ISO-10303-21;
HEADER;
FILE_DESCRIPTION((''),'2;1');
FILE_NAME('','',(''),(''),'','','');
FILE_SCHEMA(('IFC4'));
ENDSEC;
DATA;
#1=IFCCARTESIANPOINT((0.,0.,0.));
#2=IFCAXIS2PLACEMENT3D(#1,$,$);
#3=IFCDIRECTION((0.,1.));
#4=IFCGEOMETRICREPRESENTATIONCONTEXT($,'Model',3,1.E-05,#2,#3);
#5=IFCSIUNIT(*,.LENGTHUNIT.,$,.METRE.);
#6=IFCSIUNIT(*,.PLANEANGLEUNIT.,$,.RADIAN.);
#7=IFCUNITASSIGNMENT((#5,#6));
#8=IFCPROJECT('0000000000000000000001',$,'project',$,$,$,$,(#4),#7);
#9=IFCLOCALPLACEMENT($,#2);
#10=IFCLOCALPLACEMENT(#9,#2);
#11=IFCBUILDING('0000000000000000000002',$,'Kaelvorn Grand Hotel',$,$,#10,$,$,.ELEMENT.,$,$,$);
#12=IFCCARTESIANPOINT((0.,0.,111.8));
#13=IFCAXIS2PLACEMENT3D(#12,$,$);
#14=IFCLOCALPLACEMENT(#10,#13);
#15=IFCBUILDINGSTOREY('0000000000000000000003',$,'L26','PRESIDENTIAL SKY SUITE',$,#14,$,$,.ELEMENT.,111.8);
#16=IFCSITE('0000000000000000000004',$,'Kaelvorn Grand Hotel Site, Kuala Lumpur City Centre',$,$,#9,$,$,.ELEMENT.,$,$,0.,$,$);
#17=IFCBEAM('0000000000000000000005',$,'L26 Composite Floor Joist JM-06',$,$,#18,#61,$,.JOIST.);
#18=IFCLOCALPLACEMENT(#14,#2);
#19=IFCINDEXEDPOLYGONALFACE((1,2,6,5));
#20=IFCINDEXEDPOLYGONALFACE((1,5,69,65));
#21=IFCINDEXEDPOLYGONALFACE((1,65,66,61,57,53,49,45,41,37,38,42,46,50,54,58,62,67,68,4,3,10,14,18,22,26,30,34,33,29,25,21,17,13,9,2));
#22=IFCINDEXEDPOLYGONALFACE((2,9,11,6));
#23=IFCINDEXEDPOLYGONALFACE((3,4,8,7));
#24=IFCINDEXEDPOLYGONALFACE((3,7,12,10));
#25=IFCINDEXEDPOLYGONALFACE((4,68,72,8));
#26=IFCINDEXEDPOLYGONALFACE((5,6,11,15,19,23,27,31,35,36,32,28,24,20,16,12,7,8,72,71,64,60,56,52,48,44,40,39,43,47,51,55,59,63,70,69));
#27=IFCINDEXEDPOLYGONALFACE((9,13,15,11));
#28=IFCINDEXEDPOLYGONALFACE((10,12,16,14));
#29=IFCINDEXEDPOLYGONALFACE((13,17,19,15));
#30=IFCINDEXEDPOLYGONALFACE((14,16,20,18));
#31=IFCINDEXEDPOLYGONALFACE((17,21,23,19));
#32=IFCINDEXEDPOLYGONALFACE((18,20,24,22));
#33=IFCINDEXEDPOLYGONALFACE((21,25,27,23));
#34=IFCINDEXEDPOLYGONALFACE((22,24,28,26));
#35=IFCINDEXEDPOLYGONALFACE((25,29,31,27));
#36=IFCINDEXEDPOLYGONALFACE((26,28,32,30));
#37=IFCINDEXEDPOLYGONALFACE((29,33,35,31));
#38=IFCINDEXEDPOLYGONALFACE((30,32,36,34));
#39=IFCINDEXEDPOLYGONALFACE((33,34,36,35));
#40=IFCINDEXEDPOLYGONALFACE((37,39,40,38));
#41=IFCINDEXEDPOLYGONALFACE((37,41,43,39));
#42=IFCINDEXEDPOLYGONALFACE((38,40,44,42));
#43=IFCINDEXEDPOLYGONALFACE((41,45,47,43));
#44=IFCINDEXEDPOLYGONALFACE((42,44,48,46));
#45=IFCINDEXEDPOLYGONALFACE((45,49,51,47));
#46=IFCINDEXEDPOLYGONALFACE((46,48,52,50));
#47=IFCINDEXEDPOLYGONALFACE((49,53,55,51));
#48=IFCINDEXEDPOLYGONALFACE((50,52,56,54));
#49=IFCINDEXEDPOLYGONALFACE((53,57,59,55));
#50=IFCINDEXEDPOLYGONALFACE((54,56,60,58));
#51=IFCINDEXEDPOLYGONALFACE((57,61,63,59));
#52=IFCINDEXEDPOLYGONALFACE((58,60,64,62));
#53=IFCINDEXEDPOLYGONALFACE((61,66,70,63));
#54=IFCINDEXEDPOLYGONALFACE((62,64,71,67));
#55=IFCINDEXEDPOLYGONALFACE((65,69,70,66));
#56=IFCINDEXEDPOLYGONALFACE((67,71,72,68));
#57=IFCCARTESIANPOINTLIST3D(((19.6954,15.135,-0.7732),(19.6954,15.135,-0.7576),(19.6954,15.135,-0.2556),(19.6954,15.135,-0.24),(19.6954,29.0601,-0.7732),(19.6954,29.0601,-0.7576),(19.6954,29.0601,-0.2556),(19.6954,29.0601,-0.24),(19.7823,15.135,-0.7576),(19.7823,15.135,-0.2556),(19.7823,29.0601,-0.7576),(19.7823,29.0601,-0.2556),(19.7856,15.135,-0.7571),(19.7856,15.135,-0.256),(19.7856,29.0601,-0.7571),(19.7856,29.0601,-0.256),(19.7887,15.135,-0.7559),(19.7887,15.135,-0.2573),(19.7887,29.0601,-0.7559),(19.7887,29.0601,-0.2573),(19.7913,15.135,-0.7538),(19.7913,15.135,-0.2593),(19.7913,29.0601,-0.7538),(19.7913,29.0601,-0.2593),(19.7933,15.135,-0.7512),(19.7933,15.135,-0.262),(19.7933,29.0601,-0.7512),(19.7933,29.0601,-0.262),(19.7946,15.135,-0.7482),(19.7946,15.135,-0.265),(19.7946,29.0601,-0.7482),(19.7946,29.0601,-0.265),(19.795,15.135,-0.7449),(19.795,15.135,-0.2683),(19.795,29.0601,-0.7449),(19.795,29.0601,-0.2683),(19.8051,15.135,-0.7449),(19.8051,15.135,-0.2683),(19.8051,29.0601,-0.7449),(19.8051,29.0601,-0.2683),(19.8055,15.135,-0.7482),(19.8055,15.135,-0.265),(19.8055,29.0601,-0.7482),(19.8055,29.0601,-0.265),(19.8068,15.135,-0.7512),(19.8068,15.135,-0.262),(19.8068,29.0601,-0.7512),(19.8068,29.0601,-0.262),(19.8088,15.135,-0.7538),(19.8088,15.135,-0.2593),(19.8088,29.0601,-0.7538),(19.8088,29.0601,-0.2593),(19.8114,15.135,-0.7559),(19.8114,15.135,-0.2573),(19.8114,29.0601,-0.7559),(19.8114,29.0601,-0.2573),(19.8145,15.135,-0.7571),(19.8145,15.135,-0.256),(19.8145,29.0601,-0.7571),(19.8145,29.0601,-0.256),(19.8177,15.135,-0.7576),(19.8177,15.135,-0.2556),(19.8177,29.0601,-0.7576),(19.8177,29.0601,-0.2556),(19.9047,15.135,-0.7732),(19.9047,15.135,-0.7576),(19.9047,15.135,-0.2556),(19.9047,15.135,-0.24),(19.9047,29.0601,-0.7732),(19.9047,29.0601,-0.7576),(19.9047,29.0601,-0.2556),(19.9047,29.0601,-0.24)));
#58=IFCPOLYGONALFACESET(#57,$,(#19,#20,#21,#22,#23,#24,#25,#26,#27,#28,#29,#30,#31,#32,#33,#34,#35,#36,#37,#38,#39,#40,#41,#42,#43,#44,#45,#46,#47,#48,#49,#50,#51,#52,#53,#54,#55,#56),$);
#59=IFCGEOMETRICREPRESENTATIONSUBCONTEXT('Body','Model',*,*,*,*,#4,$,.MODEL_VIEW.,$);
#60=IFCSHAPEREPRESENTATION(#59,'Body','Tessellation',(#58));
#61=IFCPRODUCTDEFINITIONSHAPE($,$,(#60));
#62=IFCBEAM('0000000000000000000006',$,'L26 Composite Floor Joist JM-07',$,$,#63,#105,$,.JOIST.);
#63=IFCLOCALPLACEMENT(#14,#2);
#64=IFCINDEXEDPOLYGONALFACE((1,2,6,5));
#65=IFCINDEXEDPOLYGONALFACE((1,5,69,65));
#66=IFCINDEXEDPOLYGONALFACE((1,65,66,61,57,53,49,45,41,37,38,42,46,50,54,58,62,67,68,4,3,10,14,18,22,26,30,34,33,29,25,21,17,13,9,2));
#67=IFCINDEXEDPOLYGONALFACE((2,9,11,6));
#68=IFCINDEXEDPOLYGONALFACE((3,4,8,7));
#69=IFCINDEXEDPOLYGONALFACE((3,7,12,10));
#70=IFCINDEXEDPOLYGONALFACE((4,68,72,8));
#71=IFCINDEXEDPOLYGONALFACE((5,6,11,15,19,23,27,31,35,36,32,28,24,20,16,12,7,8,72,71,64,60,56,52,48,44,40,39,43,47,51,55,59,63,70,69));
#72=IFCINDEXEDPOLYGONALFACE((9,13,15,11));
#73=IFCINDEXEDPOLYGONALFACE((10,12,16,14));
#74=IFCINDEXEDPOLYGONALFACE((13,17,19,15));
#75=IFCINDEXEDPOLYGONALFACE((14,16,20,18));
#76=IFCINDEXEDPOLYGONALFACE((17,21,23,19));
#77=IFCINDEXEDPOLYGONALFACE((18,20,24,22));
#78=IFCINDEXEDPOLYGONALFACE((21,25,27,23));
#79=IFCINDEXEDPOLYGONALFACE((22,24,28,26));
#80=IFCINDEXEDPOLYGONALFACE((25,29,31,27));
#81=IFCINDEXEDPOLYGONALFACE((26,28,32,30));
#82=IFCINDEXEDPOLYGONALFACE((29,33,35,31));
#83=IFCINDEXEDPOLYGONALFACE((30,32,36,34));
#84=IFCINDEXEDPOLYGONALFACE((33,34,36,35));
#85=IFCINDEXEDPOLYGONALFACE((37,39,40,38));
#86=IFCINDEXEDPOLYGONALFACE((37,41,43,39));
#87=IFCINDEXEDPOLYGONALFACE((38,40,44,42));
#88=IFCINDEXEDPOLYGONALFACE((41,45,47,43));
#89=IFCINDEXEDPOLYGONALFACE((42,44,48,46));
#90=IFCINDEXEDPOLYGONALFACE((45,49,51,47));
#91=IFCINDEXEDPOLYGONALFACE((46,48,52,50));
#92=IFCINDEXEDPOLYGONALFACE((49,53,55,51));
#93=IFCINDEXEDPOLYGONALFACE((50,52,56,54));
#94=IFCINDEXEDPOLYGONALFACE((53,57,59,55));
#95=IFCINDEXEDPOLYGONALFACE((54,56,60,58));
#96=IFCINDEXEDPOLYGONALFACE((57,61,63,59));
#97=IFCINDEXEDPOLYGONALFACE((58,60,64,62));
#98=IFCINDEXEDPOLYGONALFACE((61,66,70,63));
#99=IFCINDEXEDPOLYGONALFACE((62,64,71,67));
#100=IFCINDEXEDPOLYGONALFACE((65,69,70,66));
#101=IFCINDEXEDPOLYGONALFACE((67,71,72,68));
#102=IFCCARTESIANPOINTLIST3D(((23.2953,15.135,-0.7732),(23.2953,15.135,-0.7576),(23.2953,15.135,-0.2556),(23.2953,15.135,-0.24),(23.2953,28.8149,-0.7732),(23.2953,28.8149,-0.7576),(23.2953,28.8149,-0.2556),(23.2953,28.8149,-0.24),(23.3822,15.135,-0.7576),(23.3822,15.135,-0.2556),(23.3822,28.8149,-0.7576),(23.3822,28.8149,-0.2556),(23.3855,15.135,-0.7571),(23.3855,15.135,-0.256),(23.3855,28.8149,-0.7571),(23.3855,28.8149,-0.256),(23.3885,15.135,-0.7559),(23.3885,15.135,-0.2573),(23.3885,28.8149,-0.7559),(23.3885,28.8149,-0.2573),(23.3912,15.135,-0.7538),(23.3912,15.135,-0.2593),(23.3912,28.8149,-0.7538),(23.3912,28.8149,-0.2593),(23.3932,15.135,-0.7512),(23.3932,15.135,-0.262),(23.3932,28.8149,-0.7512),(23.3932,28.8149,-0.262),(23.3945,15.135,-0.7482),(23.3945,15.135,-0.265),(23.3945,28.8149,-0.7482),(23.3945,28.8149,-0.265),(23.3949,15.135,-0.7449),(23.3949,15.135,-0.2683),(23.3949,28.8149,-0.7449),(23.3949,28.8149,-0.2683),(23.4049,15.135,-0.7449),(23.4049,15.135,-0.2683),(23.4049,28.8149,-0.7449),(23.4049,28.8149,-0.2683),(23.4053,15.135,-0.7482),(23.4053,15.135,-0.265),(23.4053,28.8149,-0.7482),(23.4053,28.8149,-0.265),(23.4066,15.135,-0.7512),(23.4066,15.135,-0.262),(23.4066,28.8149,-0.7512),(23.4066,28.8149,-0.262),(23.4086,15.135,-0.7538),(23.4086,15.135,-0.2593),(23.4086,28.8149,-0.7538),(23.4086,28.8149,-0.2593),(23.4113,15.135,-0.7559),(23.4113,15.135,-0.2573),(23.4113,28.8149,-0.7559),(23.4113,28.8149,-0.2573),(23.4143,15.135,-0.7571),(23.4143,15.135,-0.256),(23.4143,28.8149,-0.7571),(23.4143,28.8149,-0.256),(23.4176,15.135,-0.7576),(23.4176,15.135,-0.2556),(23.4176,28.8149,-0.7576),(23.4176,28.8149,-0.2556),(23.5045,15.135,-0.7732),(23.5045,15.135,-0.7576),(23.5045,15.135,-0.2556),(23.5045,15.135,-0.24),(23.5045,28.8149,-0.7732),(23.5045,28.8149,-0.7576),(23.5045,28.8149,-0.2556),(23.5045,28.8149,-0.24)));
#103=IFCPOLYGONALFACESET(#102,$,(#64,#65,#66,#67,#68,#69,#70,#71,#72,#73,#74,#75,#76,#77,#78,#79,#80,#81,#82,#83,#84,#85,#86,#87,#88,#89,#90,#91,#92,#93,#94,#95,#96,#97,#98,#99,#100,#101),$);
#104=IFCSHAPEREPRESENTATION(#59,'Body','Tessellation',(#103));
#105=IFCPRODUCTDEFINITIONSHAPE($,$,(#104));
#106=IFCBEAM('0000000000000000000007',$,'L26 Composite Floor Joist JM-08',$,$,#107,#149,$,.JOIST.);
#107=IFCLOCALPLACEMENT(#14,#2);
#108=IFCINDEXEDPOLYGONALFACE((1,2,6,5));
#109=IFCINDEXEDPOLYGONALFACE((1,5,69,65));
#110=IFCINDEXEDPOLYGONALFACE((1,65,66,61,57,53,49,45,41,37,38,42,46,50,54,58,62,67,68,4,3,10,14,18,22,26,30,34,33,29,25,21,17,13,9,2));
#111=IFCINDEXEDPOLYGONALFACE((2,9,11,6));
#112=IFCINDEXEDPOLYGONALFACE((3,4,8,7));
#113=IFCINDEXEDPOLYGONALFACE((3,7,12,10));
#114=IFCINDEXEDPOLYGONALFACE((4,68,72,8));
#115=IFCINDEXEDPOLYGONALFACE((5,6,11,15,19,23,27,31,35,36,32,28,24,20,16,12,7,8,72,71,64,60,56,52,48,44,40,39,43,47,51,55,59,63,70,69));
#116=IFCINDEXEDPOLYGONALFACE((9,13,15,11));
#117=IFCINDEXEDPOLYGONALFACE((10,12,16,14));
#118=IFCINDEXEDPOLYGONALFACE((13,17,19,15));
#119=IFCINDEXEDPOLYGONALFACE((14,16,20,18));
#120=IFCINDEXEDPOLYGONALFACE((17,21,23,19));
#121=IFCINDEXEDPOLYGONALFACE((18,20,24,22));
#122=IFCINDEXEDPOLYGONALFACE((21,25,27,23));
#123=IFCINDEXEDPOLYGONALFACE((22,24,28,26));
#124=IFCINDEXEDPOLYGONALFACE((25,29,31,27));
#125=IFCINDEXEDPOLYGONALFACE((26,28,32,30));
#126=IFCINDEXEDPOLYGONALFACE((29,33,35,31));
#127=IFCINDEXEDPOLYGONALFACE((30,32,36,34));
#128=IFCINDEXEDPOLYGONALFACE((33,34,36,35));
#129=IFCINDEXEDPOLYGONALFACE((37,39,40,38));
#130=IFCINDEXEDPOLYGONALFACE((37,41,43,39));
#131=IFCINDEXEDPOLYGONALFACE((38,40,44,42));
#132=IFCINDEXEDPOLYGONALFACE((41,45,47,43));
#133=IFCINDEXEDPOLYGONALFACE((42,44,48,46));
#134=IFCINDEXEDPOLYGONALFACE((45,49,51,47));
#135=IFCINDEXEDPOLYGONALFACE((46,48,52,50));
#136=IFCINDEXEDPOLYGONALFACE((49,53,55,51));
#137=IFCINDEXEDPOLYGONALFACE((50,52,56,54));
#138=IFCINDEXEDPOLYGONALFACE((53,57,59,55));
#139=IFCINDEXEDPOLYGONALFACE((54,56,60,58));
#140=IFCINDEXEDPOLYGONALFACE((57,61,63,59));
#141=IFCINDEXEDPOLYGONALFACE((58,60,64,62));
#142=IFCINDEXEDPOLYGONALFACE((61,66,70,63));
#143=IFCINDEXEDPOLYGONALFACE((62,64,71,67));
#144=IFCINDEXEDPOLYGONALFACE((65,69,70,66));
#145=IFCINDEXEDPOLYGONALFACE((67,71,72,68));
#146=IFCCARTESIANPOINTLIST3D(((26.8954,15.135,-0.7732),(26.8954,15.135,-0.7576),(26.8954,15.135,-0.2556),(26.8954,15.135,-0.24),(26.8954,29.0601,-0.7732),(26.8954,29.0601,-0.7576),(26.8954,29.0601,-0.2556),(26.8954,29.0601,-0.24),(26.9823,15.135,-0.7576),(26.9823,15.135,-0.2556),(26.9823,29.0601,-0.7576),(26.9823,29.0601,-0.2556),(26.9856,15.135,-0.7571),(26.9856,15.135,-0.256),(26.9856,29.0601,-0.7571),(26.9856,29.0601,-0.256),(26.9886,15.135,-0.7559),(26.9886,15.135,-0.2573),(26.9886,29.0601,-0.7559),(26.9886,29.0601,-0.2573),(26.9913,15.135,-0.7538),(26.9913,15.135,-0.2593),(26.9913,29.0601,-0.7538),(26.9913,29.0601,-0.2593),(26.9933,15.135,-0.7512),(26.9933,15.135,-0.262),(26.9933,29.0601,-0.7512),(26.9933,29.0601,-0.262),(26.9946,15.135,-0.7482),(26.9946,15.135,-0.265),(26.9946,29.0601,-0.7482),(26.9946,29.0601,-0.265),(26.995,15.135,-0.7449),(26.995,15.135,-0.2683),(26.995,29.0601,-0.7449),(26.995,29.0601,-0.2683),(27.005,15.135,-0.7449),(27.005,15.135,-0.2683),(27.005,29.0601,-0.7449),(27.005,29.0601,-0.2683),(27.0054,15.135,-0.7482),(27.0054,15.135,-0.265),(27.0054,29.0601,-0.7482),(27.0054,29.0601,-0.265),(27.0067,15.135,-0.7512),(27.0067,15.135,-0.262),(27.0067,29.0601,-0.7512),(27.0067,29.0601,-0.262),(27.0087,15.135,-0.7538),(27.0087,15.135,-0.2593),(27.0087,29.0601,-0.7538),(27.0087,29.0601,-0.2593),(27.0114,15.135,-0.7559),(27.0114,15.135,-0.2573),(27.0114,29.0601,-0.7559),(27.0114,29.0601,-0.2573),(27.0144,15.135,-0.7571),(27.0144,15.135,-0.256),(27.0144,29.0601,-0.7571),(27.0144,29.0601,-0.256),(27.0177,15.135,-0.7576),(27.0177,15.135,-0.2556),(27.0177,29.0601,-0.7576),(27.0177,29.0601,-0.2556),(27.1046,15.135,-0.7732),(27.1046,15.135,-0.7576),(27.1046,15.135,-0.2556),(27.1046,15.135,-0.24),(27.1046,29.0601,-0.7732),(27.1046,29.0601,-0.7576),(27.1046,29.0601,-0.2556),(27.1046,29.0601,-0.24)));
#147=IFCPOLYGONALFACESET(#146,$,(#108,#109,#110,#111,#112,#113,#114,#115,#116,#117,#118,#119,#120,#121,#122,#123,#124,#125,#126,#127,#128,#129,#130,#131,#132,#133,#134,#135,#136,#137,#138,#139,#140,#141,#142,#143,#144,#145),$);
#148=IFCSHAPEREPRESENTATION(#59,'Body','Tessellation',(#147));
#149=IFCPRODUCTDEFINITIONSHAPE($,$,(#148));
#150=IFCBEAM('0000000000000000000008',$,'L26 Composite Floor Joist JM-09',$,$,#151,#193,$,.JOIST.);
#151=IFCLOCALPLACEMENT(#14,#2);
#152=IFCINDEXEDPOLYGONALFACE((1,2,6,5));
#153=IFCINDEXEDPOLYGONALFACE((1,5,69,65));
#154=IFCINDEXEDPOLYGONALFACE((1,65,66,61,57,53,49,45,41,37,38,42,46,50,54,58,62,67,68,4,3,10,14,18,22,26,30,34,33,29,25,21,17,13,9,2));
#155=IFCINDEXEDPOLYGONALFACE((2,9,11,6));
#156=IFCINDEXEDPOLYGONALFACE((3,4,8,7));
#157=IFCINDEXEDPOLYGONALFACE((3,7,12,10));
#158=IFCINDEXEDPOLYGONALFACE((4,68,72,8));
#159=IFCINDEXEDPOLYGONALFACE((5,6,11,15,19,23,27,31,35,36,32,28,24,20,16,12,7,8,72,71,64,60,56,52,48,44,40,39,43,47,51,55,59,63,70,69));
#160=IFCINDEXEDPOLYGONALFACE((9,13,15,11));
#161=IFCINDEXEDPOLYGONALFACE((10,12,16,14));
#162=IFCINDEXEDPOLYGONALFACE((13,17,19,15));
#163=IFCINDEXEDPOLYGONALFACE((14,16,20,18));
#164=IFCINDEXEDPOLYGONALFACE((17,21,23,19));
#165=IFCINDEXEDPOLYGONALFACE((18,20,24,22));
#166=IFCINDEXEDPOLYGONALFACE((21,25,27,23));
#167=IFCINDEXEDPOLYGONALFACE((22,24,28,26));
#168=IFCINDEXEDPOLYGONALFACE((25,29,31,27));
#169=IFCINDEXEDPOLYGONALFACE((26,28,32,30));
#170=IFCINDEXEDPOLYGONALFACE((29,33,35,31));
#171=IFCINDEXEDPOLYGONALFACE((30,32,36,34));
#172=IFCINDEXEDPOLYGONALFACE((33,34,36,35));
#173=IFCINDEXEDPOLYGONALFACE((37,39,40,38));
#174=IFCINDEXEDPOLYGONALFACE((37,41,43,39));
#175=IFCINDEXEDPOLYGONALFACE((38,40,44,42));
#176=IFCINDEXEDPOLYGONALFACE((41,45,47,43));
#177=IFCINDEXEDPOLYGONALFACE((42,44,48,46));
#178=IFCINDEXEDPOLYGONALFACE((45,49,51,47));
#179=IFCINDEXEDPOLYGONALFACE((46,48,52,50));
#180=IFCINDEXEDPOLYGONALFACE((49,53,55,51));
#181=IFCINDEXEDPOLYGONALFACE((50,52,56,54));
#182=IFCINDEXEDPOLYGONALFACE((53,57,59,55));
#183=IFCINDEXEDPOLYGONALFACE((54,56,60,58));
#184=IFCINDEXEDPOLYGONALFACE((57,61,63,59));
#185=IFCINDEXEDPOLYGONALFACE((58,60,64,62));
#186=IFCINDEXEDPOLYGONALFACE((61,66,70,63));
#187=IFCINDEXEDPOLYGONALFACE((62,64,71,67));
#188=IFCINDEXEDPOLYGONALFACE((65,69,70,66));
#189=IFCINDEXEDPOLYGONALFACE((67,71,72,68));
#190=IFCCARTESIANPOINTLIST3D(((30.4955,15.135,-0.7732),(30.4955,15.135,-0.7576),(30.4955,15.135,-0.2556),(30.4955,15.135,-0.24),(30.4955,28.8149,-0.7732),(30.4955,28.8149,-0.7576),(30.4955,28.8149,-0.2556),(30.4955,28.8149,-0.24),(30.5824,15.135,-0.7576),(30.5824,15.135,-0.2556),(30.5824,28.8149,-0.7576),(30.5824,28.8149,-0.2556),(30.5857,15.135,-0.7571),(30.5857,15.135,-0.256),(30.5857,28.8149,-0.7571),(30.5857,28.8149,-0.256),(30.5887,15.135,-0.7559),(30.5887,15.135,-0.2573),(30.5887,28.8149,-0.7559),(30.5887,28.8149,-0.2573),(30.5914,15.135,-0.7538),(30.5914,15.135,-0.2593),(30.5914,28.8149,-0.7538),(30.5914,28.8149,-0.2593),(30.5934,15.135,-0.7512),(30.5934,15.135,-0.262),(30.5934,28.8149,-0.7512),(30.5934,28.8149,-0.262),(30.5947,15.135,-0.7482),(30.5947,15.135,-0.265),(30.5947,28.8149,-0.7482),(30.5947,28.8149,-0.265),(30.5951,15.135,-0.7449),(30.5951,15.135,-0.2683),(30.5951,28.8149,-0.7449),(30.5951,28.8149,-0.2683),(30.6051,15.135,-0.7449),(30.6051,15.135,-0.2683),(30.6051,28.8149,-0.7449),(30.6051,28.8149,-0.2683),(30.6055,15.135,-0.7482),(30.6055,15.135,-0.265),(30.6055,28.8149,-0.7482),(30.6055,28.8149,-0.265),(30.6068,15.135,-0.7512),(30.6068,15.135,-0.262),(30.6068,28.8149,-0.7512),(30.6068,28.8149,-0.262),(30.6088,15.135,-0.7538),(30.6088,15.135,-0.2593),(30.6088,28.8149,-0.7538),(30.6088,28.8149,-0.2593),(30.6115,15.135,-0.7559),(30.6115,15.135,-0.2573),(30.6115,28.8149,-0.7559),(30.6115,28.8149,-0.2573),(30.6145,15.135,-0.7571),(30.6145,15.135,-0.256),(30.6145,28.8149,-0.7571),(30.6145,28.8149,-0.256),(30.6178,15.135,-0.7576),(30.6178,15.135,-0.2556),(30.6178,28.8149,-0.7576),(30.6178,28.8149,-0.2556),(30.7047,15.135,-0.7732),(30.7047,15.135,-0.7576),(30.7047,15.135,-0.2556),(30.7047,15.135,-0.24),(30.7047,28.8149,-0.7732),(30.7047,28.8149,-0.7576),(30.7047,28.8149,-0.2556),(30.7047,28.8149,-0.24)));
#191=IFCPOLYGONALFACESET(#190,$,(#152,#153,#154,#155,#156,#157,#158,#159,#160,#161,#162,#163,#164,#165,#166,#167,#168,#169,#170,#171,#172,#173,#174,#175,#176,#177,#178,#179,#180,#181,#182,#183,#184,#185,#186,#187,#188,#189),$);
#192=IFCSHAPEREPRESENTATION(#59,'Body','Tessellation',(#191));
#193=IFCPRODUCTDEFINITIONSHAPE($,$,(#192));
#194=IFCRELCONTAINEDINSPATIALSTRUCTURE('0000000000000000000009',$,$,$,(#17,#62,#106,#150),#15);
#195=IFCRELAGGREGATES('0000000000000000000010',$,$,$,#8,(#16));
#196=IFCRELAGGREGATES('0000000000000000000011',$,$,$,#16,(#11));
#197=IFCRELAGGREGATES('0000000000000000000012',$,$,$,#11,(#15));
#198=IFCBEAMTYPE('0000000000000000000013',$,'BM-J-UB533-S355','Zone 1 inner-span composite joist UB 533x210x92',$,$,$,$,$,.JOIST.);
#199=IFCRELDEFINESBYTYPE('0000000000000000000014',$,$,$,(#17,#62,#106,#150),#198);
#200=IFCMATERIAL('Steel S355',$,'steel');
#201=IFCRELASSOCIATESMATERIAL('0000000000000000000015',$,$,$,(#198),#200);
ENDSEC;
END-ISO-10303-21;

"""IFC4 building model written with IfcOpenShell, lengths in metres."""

from ifc_helpers import new_model, si_unit, direction, frame, origin, origin_2d, place, context, subcontext, project, spatial, i_section, extrude, material, material_profile, profile_set, type_object, element, save


model = new_model("IFC4")

# Units and contexts
model_context = context("Model", 3, precision=1e-05, world=origin(), true_north=direction((0.0, 1.0)))
body_context = subcontext(model_context, "Body", "Model", "MODEL_VIEW")
ifc_project = project(units=[si_unit("LENGTHUNIT", "METRE"), si_unit("PLANEANGLEUNIT", "RADIAN")], contexts=[model_context])

# Site, building, storey
site_placement = place(None, origin())
site = spatial("IfcSite", under=ifc_project, at=site_placement, Name="Kaelvorn Grand Hotel Site, Kuala Lumpur City Centre", CompositionType="ELEMENT", RefElevation=0.0)
building_placement = place(site_placement, origin())
building = spatial("IfcBuilding", under=site, at=building_placement, Name="Kaelvorn Grand Hotel", CompositionType="ELEMENT")
storey_placement = place(building_placement, frame((0.0, 0.0, 111.8)))
storey = spatial("IfcBuildingStorey", under=building, at=storey_placement, Name="L26", Description="PRESIDENTIAL SKY SUITE", CompositionType="ELEMENT", Elevation=111.8)

# Beams
ifc_material_1 = material(Name="Steel S355", Category="steel")
ifc_material_profile_1 = material_profile(ifc_material_1, i_section(OverallWidth=0.2092, OverallDepth=0.5332, WebThickness=0.01, FlangeThickness=0.0156, FilletRadius=0.0127, at=origin_2d()), Name="UB 533x210x92")
ifc_profile_set_1 = profile_set([ifc_material_profile_1], Name="Steel S355")
beam_type_1 = type_object("IfcBeamType", Name="BM-J-UB533-S355", Description="Zone 1 inner-span composite joist UB 533x210x92", PredefinedType="JOIST", material=ifc_profile_set_1)
beam_1_placement = place(storey_placement, frame((19.8, 15.135, -0.5066), z_axis=(0.0, 1.0, 0.0), x_axis=(-1.0, 0.0, 0.0)))
element("IfcBeam", 1, at=beam_1_placement, inside=storey, type_object=beam_type_1, Name="L26 Composite Floor Joist JM-06", PredefinedType="JOIST", context=body_context, shape_type="SweptSolid", body=[
    extrude(i_section(OverallWidth=0.2092, OverallDepth=0.5332, WebThickness=0.01, FlangeThickness=0.0156, FilletRadius=0.0127, at=origin_2d()), origin(), (0.0, 0.0, 1.0), 13.925),
])
beam_2_placement = place(storey_placement, frame((23.3999, 15.135, -0.5066), z_axis=(0.0, 1.0, 0.0), x_axis=(-1.0, 0.0, 0.0)))
element("IfcBeam", 2, at=beam_2_placement, inside=storey, type_object=beam_type_1, Name="L26 Composite Floor Joist JM-07", PredefinedType="JOIST", context=body_context, shape_type="SweptSolid", body=[
    extrude(i_section(OverallWidth=0.2092, OverallDepth=0.5332, WebThickness=0.01, FlangeThickness=0.0156, FilletRadius=0.0127, at=origin_2d()), origin(), (0.0, 0.0, 1.0), 13.6799),
])
beam_3_placement = place(storey_placement, frame((27.0, 15.135, -0.5066), z_axis=(0.0, 1.0, 0.0), x_axis=(-1.0, 0.0, 0.0)))
element("IfcBeam", 3, at=beam_3_placement, inside=storey, type_object=beam_type_1, Name="L26 Composite Floor Joist JM-08", PredefinedType="JOIST", context=body_context, shape_type="SweptSolid", body=[
    extrude(i_section(OverallWidth=0.2092, OverallDepth=0.5332, WebThickness=0.01, FlangeThickness=0.0156, FilletRadius=0.0127, at=origin_2d()), origin(), (0.0, 0.0, 1.0), 13.925),
])
beam_4_placement = place(storey_placement, frame((30.6001, 15.135, -0.5066), z_axis=(0.0, 1.0, 0.0), x_axis=(-1.0, 0.0, 0.0)))
element("IfcBeam", 4, at=beam_4_placement, inside=storey, type_object=beam_type_1, Name="L26 Composite Floor Joist JM-09", PredefinedType="JOIST", context=body_context, shape_type="SweptSolid", body=[
    extrude(i_section(OverallWidth=0.2092, OverallDepth=0.5332, WebThickness=0.01, FlangeThickness=0.0156, FilletRadius=0.0127, at=origin_2d()), origin(), (0.0, 0.0, 1.0), 13.6799),
])

save(model, "model.ifc")
